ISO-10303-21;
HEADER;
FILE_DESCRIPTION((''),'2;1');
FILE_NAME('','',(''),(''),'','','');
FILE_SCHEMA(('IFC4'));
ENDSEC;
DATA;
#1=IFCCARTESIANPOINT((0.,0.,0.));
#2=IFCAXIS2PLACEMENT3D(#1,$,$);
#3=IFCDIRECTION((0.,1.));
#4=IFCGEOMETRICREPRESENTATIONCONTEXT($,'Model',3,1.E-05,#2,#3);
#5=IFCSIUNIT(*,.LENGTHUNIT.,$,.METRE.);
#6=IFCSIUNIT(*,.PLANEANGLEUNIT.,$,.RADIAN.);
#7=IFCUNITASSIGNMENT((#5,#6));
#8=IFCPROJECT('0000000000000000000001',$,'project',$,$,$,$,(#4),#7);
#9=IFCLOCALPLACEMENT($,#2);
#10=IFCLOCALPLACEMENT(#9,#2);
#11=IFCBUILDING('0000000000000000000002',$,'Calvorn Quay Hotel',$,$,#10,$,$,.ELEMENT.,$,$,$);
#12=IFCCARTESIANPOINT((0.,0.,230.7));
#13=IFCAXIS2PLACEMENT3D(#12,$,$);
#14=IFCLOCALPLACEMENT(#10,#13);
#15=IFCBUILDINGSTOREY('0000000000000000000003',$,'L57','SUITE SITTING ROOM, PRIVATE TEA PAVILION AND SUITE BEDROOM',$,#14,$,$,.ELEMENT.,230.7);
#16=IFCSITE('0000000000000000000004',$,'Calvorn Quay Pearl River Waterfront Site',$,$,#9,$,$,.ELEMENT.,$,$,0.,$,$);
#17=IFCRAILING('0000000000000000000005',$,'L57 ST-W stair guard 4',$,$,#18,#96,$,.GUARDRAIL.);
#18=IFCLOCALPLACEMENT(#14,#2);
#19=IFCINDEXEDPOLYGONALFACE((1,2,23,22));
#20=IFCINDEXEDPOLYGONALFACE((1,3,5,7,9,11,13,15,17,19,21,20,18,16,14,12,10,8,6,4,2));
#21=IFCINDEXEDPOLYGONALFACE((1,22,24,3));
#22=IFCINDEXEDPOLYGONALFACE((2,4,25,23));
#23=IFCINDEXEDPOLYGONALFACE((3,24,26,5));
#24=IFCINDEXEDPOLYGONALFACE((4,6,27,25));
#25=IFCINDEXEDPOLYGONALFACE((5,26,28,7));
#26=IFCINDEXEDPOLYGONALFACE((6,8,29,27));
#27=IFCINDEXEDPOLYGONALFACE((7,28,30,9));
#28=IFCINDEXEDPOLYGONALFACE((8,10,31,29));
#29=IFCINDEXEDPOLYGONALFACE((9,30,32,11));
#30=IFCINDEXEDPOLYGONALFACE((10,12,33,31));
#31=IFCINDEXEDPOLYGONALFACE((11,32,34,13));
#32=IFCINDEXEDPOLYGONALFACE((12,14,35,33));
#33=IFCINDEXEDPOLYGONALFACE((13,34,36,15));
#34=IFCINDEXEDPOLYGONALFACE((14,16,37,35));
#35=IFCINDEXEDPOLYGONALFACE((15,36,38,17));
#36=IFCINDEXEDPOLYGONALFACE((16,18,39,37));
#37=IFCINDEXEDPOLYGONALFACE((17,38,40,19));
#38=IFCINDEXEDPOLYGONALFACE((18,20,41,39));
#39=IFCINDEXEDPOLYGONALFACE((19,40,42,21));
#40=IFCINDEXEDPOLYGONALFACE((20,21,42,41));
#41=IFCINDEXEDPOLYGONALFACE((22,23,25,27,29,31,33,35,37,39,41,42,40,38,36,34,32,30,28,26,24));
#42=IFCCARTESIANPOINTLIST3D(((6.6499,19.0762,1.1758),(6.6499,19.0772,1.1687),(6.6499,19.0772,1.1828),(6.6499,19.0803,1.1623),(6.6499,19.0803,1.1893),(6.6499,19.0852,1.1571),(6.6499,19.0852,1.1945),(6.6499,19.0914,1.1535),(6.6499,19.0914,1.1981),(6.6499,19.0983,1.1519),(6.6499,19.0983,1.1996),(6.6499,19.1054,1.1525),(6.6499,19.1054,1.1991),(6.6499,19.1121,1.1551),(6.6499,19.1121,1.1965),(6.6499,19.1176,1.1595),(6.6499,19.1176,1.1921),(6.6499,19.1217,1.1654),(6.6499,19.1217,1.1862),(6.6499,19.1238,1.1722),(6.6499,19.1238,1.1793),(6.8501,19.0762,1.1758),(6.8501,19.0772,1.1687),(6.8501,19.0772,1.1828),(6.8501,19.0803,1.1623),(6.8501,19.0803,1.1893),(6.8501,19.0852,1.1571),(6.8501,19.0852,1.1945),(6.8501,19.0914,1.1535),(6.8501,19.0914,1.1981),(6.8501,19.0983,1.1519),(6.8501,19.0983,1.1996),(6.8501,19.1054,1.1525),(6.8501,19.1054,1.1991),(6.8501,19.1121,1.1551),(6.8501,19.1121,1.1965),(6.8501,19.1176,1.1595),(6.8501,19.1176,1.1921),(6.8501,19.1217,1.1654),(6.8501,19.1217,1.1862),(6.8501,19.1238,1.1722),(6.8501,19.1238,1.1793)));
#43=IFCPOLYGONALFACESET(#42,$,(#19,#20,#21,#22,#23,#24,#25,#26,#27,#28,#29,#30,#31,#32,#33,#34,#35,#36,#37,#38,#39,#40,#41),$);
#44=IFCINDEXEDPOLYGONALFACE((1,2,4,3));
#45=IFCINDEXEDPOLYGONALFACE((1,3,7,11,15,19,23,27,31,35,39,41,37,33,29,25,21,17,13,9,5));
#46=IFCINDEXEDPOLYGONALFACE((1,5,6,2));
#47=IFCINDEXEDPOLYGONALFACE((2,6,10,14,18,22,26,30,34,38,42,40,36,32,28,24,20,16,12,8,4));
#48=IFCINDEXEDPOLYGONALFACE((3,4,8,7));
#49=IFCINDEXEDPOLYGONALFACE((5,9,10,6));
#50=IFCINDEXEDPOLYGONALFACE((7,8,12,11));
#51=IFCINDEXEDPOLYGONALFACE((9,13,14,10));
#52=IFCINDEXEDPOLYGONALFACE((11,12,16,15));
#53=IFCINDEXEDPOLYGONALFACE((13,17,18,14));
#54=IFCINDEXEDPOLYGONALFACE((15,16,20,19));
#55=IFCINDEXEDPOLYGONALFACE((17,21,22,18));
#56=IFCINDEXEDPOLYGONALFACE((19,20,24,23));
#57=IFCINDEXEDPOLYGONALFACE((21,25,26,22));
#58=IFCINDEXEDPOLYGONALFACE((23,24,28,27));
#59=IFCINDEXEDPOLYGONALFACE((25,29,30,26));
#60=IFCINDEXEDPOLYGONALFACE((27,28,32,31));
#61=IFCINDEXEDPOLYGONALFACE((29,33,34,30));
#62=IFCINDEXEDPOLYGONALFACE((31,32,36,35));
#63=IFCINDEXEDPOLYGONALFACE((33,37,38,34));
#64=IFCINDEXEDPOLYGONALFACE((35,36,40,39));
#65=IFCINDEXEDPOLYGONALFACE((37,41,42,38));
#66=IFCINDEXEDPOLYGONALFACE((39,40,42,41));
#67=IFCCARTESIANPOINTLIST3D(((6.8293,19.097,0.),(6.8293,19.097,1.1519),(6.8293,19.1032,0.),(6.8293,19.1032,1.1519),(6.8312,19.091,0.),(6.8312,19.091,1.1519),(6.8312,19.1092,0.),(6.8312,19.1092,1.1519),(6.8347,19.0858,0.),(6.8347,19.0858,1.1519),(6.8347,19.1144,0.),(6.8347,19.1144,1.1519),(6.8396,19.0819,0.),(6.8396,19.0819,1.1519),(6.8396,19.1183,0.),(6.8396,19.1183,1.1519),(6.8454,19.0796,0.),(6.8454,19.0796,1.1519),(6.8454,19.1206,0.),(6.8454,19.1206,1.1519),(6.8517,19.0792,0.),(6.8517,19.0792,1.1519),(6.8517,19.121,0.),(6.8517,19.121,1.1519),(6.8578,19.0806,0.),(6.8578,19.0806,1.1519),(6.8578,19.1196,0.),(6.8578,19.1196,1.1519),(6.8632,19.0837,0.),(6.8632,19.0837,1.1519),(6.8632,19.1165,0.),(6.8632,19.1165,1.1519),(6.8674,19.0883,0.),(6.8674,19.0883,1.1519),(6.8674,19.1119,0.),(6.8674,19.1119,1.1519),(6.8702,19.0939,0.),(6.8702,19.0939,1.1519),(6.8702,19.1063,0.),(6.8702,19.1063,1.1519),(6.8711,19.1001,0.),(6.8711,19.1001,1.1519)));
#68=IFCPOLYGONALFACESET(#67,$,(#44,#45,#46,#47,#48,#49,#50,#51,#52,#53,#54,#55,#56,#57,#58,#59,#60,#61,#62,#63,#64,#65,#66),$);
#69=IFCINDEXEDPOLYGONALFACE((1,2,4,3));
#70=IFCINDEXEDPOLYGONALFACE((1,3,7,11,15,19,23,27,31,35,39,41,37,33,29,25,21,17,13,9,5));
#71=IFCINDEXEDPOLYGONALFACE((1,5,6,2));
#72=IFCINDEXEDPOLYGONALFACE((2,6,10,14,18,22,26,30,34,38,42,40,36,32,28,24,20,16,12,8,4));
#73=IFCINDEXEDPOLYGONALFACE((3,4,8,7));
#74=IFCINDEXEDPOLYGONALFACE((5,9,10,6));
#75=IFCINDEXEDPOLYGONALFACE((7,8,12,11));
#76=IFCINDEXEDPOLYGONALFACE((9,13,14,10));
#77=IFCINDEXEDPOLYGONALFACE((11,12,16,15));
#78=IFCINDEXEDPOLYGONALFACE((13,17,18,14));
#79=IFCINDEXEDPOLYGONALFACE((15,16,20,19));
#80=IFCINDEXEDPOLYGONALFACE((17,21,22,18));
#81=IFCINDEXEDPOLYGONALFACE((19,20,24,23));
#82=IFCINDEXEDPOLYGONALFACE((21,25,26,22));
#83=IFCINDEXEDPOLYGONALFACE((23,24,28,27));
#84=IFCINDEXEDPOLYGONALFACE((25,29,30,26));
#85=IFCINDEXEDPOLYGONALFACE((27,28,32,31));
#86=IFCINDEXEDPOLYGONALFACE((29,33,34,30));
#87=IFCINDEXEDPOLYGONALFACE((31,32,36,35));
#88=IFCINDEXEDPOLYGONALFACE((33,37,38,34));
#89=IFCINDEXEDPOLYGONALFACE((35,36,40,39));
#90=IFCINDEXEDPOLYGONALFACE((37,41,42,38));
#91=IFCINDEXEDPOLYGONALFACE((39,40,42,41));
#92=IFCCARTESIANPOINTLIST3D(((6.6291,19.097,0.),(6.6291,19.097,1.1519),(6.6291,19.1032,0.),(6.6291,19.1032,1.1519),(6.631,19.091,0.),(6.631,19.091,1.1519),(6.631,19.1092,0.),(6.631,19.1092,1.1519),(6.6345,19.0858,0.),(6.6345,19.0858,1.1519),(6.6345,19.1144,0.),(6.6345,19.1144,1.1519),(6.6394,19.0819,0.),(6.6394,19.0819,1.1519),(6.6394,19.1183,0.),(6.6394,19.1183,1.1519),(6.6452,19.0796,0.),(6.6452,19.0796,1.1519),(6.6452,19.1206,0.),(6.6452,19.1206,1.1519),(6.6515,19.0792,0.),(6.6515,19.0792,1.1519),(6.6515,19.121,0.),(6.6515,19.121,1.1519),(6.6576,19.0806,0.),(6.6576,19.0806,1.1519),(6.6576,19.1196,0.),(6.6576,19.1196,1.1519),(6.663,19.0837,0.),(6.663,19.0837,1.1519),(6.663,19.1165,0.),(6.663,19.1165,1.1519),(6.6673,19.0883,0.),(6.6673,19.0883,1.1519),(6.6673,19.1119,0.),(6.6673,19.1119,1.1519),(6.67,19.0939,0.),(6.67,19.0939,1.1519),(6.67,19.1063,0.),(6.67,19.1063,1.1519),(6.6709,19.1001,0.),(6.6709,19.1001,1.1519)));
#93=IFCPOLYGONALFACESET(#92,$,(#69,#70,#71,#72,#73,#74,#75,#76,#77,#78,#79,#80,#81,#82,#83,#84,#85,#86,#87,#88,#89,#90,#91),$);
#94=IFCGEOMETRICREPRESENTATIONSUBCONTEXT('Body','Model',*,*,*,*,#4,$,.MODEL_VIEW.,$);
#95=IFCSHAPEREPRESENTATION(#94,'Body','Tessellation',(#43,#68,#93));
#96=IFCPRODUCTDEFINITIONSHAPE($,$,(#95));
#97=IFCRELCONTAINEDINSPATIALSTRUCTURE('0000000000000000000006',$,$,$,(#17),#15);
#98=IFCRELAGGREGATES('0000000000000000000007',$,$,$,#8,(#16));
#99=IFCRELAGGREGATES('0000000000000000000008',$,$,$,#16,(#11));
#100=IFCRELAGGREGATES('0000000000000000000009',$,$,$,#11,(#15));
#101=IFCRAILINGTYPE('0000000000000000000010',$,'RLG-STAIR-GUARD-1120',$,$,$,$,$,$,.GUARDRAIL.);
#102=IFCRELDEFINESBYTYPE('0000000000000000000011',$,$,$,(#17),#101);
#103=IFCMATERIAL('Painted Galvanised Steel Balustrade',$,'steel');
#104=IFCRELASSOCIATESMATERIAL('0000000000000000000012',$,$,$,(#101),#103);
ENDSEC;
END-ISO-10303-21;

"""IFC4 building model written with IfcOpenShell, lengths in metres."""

from ifc_helpers import new_model, si_unit, direction, frame, origin, origin_2d, place, context, subcontext, project, spatial, circle, extrude, material, type_object, element, save


model = new_model("IFC4")

# Units and contexts
model_context = context("Model", 3, precision=1e-05, world=origin(), true_north=direction((0.0, 1.0)))
body_context = subcontext(model_context, "Body", "Model", "MODEL_VIEW")
ifc_project = project(units=[si_unit("LENGTHUNIT", "METRE"), si_unit("PLANEANGLEUNIT", "RADIAN")], contexts=[model_context])

# Site, building, storey
site_placement = place(None, origin())
site = spatial("IfcSite", under=ifc_project, at=site_placement, Name="Calvorn Quay Pearl River Waterfront Site", CompositionType="ELEMENT", RefElevation=0.0)
building_placement = place(site_placement, origin())
building = spatial("IfcBuilding", under=site, at=building_placement, Name="Calvorn Quay Hotel", CompositionType="ELEMENT")
storey_placement = place(building_placement, frame((0.0, 0.0, 230.7)))
storey = spatial("IfcBuildingStorey", under=building, at=storey_placement, Name="L57", Description="SUITE SITTING ROOM, PRIVATE TEA PAVILION AND SUITE BEDROOM", CompositionType="ELEMENT", Elevation=230.7)

# Railing
ifc_material_1 = material(Name="Painted Galvanised Steel Balustrade", Category="steel")
railing_type = type_object("IfcRailingType", Name="RLG-STAIR-GUARD-1120", PredefinedType="GUARDRAIL", material=ifc_material_1)
railing_placement = place(storey_placement, frame((6.8501, 19.1001, 0.0)))
element("IfcRailing", 1, at=railing_placement, inside=storey, type_object=railing_type, Name="L57 ST-W stair guard 4", PredefinedType="GUARDRAIL", context=body_context, shape_type="SweptSolid", body=[
    extrude(circle(Radius=0.0239, at=origin_2d()), frame((0.0, 0.0, 1.1758), z_axis=(-1.0, 0.0, 0.0), x_axis=(0.0, -1.0, 0.0)), (0.0, 0.0, 1.0), 0.2002),
    extrude(circle(Radius=0.021, at=origin_2d()), origin(), (0.0, 0.0, 1.0), 1.1519),
    extrude(circle(Radius=0.021, at=origin_2d()), frame((-0.2002, 0.0, 0.0)), (0.0, 0.0, 1.0), 1.1519),
])

save(model, "model.ifc")
